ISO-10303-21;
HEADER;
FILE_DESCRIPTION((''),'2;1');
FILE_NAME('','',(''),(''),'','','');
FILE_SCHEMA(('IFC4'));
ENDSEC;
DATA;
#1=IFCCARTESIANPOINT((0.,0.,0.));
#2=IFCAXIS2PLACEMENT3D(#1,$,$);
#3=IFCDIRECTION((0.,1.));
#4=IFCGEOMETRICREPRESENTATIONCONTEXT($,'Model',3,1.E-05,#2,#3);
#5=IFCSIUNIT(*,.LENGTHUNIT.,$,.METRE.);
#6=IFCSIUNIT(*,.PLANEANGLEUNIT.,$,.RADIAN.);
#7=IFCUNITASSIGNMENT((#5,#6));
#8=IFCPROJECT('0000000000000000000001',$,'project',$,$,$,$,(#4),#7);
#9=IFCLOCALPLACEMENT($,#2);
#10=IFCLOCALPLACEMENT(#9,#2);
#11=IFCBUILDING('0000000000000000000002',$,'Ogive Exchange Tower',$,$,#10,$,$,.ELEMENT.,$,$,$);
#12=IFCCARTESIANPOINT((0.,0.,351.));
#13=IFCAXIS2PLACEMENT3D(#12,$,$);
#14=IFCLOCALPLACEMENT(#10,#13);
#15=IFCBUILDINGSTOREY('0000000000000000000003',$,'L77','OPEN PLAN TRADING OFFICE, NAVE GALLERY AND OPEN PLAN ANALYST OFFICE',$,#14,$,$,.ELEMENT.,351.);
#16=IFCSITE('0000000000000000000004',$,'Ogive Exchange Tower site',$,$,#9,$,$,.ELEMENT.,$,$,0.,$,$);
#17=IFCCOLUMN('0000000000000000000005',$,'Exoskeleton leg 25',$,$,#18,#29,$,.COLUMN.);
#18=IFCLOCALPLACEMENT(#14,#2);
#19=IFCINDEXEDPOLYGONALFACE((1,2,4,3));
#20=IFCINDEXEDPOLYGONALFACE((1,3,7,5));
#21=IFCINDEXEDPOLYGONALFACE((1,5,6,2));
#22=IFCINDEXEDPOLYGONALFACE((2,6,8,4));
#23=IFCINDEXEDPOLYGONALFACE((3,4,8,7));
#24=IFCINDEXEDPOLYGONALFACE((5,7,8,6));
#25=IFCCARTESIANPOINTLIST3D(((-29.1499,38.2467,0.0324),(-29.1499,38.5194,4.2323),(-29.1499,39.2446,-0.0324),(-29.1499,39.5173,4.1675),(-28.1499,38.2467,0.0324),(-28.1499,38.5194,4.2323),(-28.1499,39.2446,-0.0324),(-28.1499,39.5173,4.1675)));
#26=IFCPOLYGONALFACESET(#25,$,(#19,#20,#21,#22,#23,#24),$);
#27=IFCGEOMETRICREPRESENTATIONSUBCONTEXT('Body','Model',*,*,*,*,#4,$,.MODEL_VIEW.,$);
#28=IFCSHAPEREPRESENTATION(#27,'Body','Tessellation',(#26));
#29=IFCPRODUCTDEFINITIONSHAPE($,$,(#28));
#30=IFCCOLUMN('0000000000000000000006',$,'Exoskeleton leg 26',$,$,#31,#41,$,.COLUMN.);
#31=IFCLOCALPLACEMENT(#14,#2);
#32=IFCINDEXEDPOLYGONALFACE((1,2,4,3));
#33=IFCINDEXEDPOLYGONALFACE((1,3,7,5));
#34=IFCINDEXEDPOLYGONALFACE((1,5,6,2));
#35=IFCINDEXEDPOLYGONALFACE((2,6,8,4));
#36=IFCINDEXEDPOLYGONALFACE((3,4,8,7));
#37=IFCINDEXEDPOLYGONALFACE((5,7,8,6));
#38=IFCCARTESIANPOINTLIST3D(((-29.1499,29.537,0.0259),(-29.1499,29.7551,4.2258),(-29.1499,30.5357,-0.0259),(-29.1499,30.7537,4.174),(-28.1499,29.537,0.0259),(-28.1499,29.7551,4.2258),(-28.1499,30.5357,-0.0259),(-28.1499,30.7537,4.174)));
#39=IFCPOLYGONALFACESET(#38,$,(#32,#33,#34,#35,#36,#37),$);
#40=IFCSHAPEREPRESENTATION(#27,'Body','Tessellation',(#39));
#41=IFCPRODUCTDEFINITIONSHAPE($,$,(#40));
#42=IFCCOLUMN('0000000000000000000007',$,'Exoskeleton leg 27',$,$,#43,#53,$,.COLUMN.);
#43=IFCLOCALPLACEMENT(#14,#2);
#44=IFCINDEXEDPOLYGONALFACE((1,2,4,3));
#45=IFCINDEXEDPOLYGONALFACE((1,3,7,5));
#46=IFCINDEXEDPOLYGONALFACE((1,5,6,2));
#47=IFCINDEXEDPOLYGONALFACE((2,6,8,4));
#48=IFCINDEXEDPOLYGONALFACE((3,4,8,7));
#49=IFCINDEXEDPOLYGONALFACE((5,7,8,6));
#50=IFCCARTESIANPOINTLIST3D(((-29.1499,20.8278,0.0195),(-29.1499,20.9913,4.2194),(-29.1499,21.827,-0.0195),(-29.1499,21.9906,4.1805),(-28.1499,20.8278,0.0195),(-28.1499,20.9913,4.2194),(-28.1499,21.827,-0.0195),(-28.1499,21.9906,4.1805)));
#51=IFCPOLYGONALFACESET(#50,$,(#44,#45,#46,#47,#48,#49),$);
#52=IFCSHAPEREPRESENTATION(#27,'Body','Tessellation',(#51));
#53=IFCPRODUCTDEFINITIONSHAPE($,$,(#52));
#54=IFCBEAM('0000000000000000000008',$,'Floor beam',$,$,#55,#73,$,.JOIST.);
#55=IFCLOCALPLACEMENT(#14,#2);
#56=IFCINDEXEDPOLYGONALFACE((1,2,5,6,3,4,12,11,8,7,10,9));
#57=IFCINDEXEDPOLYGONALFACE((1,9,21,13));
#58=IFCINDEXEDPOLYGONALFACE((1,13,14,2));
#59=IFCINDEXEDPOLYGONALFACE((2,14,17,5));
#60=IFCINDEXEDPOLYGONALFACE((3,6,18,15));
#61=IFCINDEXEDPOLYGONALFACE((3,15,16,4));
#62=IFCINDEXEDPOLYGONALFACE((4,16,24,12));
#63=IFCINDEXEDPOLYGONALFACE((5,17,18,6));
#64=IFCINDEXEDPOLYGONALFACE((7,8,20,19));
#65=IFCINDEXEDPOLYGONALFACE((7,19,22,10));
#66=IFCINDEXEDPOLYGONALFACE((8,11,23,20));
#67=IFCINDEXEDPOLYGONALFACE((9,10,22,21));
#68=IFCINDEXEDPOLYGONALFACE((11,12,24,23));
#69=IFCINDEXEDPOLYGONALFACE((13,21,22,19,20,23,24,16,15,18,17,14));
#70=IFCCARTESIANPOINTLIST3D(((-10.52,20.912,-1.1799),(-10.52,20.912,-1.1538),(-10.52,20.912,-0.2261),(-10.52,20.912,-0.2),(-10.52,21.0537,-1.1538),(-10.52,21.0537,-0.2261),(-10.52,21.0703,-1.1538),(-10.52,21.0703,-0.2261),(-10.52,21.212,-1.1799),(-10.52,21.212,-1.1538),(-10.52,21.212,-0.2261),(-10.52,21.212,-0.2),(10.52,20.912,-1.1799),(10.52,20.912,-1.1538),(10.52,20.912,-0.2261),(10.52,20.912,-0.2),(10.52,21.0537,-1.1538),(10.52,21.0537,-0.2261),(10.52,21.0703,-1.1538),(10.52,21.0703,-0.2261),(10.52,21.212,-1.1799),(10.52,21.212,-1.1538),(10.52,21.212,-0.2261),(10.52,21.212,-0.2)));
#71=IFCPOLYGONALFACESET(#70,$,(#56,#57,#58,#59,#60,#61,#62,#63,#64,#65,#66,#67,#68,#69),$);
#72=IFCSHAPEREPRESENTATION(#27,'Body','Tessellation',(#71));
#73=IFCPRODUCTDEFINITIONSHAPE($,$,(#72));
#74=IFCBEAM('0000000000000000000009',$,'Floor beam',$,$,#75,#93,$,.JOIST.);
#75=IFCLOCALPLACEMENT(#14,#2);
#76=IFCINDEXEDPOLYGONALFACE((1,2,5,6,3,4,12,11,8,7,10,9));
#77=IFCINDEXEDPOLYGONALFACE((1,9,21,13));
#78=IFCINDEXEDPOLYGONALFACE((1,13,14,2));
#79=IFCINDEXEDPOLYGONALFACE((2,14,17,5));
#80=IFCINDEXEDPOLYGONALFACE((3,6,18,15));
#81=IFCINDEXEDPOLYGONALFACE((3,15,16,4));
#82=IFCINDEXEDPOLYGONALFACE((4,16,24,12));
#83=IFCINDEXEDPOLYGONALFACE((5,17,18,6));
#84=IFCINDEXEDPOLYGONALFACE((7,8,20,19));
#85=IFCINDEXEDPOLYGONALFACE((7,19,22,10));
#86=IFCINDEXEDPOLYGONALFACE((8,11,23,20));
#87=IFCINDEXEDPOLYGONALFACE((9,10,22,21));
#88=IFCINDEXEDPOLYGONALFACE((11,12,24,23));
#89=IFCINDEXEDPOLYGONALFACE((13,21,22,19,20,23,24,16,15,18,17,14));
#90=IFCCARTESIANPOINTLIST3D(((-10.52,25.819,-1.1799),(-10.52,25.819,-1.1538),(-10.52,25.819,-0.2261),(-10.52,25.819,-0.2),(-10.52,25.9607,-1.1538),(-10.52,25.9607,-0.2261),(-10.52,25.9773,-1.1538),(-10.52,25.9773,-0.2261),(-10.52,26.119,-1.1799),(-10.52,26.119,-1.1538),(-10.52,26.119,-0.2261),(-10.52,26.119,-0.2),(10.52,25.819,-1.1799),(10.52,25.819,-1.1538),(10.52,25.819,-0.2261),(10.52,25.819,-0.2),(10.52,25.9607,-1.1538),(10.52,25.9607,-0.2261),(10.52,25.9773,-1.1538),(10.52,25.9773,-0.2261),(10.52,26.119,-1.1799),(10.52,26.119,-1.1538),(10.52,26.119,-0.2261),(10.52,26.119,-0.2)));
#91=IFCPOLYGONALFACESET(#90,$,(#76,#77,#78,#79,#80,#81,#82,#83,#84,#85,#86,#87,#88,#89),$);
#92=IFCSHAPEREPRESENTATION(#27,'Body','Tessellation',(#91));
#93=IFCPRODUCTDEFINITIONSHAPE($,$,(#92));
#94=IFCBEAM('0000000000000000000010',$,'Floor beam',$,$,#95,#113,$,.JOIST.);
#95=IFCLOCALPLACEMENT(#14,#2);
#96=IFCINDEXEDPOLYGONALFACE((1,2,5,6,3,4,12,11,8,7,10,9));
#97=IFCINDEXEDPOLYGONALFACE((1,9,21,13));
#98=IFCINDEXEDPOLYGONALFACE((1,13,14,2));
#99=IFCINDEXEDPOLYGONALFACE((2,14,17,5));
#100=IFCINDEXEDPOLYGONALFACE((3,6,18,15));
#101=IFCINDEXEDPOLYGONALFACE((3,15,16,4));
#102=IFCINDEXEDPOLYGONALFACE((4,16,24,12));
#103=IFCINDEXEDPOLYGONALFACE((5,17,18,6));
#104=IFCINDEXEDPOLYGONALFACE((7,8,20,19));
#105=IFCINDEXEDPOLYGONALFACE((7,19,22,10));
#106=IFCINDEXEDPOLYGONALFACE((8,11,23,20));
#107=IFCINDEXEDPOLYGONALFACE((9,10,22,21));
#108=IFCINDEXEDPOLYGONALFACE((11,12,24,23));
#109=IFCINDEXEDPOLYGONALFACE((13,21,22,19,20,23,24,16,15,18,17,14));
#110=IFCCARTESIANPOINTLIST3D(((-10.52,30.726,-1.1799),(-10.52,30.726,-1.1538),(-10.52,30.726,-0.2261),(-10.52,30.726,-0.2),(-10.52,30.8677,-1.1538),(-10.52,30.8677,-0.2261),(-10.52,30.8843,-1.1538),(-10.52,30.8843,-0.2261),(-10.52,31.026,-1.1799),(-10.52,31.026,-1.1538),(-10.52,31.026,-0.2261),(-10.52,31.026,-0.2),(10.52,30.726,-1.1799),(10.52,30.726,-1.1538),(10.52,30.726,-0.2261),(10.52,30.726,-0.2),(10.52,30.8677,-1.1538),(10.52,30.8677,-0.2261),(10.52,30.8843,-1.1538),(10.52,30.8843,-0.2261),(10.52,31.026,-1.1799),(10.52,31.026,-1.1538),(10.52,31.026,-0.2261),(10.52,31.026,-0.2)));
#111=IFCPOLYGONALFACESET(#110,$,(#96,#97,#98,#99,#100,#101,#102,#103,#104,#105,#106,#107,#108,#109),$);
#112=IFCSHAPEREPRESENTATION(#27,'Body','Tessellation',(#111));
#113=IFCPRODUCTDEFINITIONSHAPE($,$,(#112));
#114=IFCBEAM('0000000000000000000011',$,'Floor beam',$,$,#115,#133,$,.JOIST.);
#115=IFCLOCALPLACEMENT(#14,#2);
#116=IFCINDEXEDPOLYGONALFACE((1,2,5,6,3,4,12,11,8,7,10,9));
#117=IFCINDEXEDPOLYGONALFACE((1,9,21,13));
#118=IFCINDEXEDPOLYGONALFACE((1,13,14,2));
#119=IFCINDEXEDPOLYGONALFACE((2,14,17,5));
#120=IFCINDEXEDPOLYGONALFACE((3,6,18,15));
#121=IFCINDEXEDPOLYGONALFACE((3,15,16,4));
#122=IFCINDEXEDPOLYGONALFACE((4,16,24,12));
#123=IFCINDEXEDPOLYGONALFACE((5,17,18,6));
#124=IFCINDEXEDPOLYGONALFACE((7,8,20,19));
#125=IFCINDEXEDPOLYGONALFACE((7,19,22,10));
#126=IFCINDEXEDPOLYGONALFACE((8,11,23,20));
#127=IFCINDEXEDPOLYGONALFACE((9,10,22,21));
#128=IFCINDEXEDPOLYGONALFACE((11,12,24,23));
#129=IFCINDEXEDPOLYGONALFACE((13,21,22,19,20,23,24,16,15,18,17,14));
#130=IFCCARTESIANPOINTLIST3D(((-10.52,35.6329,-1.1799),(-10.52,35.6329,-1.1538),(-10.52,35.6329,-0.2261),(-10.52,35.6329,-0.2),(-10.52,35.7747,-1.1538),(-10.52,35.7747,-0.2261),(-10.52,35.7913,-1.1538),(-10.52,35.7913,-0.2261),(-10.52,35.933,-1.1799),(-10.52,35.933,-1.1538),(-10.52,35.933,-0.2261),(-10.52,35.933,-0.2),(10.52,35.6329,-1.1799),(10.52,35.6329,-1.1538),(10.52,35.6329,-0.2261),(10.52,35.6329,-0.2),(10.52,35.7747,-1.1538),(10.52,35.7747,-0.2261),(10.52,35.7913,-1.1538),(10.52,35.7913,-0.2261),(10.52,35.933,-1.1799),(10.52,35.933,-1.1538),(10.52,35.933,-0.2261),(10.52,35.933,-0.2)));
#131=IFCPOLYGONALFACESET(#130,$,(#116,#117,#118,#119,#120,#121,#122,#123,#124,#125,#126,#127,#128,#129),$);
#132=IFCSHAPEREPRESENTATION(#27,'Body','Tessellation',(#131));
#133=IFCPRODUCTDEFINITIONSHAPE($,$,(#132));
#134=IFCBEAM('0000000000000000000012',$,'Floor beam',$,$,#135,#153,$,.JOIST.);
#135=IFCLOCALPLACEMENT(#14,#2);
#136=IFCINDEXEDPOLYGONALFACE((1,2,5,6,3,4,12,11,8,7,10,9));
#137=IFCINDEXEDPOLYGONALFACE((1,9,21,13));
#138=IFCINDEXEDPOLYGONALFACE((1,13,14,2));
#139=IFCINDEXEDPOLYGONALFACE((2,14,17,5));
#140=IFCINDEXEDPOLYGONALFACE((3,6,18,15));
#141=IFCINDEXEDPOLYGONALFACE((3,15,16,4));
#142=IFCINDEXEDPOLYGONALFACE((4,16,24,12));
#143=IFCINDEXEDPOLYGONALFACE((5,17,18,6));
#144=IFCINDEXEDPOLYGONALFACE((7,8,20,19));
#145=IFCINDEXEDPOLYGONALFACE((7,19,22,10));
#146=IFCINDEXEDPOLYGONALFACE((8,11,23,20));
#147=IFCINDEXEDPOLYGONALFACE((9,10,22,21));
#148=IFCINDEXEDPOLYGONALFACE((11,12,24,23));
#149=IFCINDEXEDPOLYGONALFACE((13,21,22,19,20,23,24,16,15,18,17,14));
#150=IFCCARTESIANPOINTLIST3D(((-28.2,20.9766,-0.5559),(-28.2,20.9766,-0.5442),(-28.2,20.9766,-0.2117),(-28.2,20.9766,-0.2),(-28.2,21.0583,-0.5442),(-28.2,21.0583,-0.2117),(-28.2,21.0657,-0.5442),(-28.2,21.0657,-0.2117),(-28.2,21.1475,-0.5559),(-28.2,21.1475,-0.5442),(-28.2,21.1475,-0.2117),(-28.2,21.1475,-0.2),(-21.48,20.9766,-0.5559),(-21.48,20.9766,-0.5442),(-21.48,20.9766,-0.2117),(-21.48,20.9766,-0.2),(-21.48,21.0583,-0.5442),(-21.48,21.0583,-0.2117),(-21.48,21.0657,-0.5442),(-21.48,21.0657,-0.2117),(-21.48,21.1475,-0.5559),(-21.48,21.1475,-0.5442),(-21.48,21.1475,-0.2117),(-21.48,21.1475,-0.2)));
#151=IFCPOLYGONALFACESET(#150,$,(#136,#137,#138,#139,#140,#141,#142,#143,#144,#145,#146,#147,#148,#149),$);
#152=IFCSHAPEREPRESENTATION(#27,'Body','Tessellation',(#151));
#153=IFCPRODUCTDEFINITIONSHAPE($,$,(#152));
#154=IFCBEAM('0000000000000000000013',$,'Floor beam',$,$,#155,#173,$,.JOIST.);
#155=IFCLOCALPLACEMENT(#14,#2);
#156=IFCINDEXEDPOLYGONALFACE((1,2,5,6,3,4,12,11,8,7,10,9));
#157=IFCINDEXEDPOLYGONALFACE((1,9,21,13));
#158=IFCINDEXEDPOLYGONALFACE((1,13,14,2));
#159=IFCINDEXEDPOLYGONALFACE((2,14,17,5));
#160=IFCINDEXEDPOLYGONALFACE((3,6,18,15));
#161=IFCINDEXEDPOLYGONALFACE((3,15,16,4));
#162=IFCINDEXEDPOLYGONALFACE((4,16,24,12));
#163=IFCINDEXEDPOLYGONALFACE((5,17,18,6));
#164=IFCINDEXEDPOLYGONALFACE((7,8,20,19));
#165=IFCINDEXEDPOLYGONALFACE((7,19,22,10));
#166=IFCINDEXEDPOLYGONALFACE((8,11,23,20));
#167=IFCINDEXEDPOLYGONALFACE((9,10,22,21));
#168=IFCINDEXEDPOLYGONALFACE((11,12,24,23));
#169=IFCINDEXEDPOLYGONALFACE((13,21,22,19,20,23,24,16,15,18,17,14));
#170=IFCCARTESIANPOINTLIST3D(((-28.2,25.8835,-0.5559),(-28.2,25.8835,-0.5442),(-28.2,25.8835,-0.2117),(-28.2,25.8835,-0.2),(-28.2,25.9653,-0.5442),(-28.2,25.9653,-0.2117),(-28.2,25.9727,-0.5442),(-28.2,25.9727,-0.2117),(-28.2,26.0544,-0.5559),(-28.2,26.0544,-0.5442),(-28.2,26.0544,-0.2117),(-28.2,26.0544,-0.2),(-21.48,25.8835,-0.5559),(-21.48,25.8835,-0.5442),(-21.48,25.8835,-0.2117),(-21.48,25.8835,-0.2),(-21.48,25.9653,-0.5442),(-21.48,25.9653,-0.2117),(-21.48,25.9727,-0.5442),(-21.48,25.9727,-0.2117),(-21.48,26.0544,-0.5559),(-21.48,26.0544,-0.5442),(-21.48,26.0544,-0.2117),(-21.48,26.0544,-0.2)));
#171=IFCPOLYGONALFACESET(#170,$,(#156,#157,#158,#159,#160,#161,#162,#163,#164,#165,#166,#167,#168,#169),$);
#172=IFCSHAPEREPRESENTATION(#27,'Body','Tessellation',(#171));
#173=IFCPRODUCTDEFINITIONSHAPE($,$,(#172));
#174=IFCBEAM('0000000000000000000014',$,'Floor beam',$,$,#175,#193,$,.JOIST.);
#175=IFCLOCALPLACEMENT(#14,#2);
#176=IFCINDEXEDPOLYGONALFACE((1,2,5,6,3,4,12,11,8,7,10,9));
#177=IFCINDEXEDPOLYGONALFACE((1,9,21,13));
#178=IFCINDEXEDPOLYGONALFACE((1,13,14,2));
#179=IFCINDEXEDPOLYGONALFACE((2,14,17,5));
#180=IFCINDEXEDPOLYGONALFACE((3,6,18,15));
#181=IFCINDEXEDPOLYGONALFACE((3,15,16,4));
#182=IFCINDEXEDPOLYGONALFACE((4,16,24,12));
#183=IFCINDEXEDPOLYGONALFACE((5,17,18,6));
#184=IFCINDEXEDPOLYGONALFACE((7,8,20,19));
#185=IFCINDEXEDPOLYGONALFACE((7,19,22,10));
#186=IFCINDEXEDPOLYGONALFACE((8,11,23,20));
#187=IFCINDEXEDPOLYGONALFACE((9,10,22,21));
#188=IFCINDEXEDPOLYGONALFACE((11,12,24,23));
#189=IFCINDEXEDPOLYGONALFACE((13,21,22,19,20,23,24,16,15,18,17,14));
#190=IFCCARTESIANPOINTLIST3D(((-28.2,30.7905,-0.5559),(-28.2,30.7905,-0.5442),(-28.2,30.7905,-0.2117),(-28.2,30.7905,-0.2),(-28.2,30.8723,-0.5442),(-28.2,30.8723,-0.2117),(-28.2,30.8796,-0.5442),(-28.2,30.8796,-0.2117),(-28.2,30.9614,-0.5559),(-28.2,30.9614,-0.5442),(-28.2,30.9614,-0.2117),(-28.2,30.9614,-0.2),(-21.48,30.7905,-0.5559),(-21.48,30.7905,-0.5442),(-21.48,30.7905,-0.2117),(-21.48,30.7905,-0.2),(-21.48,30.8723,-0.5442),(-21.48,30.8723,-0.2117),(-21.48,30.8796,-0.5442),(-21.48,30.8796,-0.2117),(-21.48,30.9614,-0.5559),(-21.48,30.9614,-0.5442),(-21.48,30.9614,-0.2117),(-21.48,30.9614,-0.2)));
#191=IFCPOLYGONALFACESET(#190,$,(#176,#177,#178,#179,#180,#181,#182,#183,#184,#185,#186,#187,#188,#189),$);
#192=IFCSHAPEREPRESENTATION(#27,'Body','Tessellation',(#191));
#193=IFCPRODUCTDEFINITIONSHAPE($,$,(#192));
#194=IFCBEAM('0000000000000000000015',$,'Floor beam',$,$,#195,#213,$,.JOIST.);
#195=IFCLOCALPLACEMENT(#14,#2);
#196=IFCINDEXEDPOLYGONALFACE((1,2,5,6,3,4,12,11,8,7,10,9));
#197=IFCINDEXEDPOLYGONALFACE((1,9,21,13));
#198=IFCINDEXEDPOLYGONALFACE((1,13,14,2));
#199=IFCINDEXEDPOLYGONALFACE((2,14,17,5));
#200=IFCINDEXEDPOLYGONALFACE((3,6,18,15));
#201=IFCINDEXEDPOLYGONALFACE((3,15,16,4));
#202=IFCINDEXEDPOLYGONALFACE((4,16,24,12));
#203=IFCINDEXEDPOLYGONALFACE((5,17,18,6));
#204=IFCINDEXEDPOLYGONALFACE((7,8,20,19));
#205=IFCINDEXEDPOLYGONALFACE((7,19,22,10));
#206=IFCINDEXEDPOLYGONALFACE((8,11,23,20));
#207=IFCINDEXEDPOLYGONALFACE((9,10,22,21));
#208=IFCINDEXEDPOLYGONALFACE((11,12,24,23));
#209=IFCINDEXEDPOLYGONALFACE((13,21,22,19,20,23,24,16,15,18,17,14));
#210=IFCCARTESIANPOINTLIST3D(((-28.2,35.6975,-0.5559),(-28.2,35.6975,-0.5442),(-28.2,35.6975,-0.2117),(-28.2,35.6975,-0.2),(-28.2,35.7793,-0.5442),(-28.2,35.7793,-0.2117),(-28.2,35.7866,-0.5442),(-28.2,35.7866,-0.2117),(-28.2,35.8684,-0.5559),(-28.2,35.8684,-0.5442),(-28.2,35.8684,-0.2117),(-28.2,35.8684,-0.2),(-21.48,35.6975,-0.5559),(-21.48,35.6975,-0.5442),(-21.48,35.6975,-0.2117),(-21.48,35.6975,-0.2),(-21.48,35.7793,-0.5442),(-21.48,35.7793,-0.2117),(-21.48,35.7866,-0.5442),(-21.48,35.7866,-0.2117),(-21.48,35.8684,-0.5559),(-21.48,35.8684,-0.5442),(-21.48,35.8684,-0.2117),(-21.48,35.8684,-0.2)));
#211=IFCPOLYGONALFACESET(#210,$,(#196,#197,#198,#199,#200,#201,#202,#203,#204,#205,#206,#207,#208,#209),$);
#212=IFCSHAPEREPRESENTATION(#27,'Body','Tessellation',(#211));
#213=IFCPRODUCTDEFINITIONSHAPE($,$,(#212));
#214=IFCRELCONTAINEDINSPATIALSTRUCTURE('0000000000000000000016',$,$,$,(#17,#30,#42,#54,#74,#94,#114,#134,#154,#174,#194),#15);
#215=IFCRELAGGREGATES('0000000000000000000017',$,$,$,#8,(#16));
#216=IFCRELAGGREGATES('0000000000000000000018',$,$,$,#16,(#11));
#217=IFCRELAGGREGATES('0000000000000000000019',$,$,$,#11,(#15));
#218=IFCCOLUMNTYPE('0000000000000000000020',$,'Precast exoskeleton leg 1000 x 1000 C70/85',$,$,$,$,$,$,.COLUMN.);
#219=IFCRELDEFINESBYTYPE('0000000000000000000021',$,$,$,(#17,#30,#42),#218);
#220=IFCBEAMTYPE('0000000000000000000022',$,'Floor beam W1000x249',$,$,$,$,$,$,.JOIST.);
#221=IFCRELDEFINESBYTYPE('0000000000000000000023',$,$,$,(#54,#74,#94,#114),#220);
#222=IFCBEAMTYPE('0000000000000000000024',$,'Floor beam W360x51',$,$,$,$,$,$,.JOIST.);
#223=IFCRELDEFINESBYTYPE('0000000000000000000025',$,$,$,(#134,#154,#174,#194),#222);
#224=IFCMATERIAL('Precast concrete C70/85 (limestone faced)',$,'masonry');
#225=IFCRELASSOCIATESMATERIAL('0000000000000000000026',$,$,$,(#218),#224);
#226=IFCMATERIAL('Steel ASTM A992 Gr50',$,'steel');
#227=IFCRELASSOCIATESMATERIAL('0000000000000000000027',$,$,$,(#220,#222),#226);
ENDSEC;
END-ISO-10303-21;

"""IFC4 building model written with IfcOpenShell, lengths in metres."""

from ifc_helpers import new_model, si_unit, direction, frame, origin, origin_2d, place, context, subcontext, project, spatial, rectangle, i_section, extrude, material, material_profile, profile_set, type_object, element, save


model = new_model("IFC4")

# Units and contexts
model_context = context("Model", 3, precision=1e-05, world=origin(), true_north=direction((0.0, 1.0)))
body_context = subcontext(model_context, "Body", "Model", "MODEL_VIEW")
ifc_project = project(units=[si_unit("LENGTHUNIT", "METRE"), si_unit("PLANEANGLEUNIT", "RADIAN")], contexts=[model_context])

# Site, building, storey
site_placement = place(None, origin())
site = spatial("IfcSite", under=ifc_project, at=site_placement, Name="Ogive Exchange Tower site", CompositionType="ELEMENT", RefElevation=0.0)
building_placement = place(site_placement, origin())
building = spatial("IfcBuilding", under=site, at=building_placement, Name="Ogive Exchange Tower", CompositionType="ELEMENT")
storey_placement = place(building_placement, frame((0.0, 0.0, 351.0)))
storey = spatial("IfcBuildingStorey", under=building, at=storey_placement, Name="L77", Description="OPEN PLAN TRADING OFFICE, NAVE GALLERY AND OPEN PLAN ANALYST OFFICE", CompositionType="ELEMENT", Elevation=351.0)

# Columns
ifc_material_1 = material(Name="Precast concrete C70/85 (limestone faced)", Category="masonry")
ifc_material_profile_1 = material_profile(ifc_material_1, rectangle(XDim=1.0, YDim=1.0, at=origin_2d()), Name="1000 x 1000")
ifc_profile_set_1 = profile_set([ifc_material_profile_1], Name="Precast concrete C70/85 (limestone faced)")
column_type = type_object("IfcColumnType", Name="Precast exoskeleton leg 1000 x 1000 C70/85", PredefinedType="COLUMN", material=ifc_profile_set_1)
column_1_placement = place(storey_placement, frame((-28.6499, 38.7456, 0.0), z_axis=(0.0, 0.064794, 0.997899), x_axis=(-1.0, 0.0, 0.0)))
element("IfcColumn", 1, at=column_1_placement, inside=storey, type_object=column_type, Name="Exoskeleton leg 25", PredefinedType="COLUMN", context=body_context, shape_type="SweptSolid", body=[
    extrude(rectangle(XDim=1.0, YDim=1.0, at=origin_2d()), origin(), (0.0, 0.0, 1.0), 4.2087),
])
column_2_placement = place(storey_placement, frame((-28.6499, 30.0364, 0.0), z_axis=(0.0, 0.05184, 0.998655), x_axis=(-1.0, 0.0, 0.0)))
element("IfcColumn", 2, at=column_2_placement, inside=storey, type_object=column_type, Name="Exoskeleton leg 26", PredefinedType="COLUMN", context=body_context, shape_type="SweptSolid", body=[
    extrude(rectangle(XDim=1.0, YDim=1.0, at=origin_2d()), origin(), (0.0, 0.0, 1.0), 4.2056),
])
column_3_placement = place(storey_placement, frame((-28.6499, 21.3274, 0.0), z_axis=(0.0, 0.038917, 0.999242), x_axis=(-1.0, 0.0, 0.0)))
element("IfcColumn", 3, at=column_3_placement, inside=storey, type_object=column_type, Name="Exoskeleton leg 27", PredefinedType="COLUMN", context=body_context, shape_type="SweptSolid", body=[
    extrude(rectangle(XDim=1.0, YDim=1.0, at=origin_2d()), origin(), (0.0, 0.0, 1.0), 4.2031),
])

# Beams
ifc_material_2 = material(Name="Steel ASTM A992 Gr50", Category="steel")
ifc_material_profile_2 = material_profile(ifc_material_2, i_section(OverallWidth=0.3, OverallDepth=0.98, WebThickness=0.0166, FlangeThickness=0.0261, at=origin_2d()), Name="W1000x249")
ifc_profile_set_2 = profile_set([ifc_material_profile_2], Name="Steel ASTM A992 Gr50")
beam_type_1 = type_object("IfcBeamType", Name="Floor beam W1000x249", PredefinedType="JOIST", material=ifc_profile_set_2)
for number, where, z_axis, x_axis, name in (
    (4, (-10.52, 21.062, -0.6899), (1.0, 0.0, 0.0), (0.0, 1.0, 0.0), "Floor beam"),
    (5, (-10.52, 25.969, -0.6899), (1.0, 0.0, 0.0), (0.0, 1.0, 0.0), "Floor beam"),
    (6, (-10.52, 30.876, -0.6899), (1.0, 0.0, 0.0), (0.0, 1.0, 0.0), "Floor beam"),
    (7, (-10.52, 35.783, -0.6899), (1.0, 0.0, 0.0), (0.0, 1.0, 0.0), "Floor beam"),
):
    element("IfcBeam", number, at=place(storey_placement, frame(where, z_axis=z_axis, x_axis=x_axis)), inside=storey, type_object=beam_type_1, Name=name, PredefinedType="JOIST", context=body_context, shape_type="SweptSolid", body=[
        extrude(i_section(OverallWidth=0.3, OverallDepth=0.98, WebThickness=0.0166, FlangeThickness=0.0261, at=origin_2d()), origin(), (0.0, 0.0, 1.0), 21.04),
    ])
ifc_material_profile_3 = material_profile(ifc_material_2, i_section(OverallWidth=0.1709, OverallDepth=0.356, WebThickness=0.0073, FlangeThickness=0.0117, at=origin_2d()), Name="W360x51")
ifc_profile_set_3 = profile_set([ifc_material_profile_3], Name="Steel ASTM A992 Gr50")
beam_type_2 = type_object("IfcBeamType", Name="Floor beam W360x51", PredefinedType="JOIST", material=ifc_profile_set_3)
for number, where, z_axis, x_axis, name in (
    (8, (-28.2, 21.062, -0.3779), (1.0, 0.0, 0.0), (0.0, 1.0, 0.0), "Floor beam"),
    (9, (-28.2, 25.969, -0.3779), (1.0, 0.0, 0.0), (0.0, 1.0, 0.0), "Floor beam"),
    (10, (-28.2, 30.876, -0.3779), (1.0, 0.0, 0.0), (0.0, 1.0, 0.0), "Floor beam"),
    (11, (-28.2, 35.783, -0.3779), (1.0, 0.0, 0.0), (0.0, 1.0, 0.0), "Floor beam"),
):
    element("IfcBeam", number, at=place(storey_placement, frame(where, z_axis=z_axis, x_axis=x_axis)), inside=storey, type_object=beam_type_2, Name=name, PredefinedType="JOIST", context=body_context, shape_type="SweptSolid", body=[
        extrude(i_section(OverallWidth=0.1709, OverallDepth=0.356, WebThickness=0.0073, FlangeThickness=0.0117, at=origin_2d()), origin(), (0.0, 0.0, 1.0), 6.72),
    ])

save(model, "model.ifc")
